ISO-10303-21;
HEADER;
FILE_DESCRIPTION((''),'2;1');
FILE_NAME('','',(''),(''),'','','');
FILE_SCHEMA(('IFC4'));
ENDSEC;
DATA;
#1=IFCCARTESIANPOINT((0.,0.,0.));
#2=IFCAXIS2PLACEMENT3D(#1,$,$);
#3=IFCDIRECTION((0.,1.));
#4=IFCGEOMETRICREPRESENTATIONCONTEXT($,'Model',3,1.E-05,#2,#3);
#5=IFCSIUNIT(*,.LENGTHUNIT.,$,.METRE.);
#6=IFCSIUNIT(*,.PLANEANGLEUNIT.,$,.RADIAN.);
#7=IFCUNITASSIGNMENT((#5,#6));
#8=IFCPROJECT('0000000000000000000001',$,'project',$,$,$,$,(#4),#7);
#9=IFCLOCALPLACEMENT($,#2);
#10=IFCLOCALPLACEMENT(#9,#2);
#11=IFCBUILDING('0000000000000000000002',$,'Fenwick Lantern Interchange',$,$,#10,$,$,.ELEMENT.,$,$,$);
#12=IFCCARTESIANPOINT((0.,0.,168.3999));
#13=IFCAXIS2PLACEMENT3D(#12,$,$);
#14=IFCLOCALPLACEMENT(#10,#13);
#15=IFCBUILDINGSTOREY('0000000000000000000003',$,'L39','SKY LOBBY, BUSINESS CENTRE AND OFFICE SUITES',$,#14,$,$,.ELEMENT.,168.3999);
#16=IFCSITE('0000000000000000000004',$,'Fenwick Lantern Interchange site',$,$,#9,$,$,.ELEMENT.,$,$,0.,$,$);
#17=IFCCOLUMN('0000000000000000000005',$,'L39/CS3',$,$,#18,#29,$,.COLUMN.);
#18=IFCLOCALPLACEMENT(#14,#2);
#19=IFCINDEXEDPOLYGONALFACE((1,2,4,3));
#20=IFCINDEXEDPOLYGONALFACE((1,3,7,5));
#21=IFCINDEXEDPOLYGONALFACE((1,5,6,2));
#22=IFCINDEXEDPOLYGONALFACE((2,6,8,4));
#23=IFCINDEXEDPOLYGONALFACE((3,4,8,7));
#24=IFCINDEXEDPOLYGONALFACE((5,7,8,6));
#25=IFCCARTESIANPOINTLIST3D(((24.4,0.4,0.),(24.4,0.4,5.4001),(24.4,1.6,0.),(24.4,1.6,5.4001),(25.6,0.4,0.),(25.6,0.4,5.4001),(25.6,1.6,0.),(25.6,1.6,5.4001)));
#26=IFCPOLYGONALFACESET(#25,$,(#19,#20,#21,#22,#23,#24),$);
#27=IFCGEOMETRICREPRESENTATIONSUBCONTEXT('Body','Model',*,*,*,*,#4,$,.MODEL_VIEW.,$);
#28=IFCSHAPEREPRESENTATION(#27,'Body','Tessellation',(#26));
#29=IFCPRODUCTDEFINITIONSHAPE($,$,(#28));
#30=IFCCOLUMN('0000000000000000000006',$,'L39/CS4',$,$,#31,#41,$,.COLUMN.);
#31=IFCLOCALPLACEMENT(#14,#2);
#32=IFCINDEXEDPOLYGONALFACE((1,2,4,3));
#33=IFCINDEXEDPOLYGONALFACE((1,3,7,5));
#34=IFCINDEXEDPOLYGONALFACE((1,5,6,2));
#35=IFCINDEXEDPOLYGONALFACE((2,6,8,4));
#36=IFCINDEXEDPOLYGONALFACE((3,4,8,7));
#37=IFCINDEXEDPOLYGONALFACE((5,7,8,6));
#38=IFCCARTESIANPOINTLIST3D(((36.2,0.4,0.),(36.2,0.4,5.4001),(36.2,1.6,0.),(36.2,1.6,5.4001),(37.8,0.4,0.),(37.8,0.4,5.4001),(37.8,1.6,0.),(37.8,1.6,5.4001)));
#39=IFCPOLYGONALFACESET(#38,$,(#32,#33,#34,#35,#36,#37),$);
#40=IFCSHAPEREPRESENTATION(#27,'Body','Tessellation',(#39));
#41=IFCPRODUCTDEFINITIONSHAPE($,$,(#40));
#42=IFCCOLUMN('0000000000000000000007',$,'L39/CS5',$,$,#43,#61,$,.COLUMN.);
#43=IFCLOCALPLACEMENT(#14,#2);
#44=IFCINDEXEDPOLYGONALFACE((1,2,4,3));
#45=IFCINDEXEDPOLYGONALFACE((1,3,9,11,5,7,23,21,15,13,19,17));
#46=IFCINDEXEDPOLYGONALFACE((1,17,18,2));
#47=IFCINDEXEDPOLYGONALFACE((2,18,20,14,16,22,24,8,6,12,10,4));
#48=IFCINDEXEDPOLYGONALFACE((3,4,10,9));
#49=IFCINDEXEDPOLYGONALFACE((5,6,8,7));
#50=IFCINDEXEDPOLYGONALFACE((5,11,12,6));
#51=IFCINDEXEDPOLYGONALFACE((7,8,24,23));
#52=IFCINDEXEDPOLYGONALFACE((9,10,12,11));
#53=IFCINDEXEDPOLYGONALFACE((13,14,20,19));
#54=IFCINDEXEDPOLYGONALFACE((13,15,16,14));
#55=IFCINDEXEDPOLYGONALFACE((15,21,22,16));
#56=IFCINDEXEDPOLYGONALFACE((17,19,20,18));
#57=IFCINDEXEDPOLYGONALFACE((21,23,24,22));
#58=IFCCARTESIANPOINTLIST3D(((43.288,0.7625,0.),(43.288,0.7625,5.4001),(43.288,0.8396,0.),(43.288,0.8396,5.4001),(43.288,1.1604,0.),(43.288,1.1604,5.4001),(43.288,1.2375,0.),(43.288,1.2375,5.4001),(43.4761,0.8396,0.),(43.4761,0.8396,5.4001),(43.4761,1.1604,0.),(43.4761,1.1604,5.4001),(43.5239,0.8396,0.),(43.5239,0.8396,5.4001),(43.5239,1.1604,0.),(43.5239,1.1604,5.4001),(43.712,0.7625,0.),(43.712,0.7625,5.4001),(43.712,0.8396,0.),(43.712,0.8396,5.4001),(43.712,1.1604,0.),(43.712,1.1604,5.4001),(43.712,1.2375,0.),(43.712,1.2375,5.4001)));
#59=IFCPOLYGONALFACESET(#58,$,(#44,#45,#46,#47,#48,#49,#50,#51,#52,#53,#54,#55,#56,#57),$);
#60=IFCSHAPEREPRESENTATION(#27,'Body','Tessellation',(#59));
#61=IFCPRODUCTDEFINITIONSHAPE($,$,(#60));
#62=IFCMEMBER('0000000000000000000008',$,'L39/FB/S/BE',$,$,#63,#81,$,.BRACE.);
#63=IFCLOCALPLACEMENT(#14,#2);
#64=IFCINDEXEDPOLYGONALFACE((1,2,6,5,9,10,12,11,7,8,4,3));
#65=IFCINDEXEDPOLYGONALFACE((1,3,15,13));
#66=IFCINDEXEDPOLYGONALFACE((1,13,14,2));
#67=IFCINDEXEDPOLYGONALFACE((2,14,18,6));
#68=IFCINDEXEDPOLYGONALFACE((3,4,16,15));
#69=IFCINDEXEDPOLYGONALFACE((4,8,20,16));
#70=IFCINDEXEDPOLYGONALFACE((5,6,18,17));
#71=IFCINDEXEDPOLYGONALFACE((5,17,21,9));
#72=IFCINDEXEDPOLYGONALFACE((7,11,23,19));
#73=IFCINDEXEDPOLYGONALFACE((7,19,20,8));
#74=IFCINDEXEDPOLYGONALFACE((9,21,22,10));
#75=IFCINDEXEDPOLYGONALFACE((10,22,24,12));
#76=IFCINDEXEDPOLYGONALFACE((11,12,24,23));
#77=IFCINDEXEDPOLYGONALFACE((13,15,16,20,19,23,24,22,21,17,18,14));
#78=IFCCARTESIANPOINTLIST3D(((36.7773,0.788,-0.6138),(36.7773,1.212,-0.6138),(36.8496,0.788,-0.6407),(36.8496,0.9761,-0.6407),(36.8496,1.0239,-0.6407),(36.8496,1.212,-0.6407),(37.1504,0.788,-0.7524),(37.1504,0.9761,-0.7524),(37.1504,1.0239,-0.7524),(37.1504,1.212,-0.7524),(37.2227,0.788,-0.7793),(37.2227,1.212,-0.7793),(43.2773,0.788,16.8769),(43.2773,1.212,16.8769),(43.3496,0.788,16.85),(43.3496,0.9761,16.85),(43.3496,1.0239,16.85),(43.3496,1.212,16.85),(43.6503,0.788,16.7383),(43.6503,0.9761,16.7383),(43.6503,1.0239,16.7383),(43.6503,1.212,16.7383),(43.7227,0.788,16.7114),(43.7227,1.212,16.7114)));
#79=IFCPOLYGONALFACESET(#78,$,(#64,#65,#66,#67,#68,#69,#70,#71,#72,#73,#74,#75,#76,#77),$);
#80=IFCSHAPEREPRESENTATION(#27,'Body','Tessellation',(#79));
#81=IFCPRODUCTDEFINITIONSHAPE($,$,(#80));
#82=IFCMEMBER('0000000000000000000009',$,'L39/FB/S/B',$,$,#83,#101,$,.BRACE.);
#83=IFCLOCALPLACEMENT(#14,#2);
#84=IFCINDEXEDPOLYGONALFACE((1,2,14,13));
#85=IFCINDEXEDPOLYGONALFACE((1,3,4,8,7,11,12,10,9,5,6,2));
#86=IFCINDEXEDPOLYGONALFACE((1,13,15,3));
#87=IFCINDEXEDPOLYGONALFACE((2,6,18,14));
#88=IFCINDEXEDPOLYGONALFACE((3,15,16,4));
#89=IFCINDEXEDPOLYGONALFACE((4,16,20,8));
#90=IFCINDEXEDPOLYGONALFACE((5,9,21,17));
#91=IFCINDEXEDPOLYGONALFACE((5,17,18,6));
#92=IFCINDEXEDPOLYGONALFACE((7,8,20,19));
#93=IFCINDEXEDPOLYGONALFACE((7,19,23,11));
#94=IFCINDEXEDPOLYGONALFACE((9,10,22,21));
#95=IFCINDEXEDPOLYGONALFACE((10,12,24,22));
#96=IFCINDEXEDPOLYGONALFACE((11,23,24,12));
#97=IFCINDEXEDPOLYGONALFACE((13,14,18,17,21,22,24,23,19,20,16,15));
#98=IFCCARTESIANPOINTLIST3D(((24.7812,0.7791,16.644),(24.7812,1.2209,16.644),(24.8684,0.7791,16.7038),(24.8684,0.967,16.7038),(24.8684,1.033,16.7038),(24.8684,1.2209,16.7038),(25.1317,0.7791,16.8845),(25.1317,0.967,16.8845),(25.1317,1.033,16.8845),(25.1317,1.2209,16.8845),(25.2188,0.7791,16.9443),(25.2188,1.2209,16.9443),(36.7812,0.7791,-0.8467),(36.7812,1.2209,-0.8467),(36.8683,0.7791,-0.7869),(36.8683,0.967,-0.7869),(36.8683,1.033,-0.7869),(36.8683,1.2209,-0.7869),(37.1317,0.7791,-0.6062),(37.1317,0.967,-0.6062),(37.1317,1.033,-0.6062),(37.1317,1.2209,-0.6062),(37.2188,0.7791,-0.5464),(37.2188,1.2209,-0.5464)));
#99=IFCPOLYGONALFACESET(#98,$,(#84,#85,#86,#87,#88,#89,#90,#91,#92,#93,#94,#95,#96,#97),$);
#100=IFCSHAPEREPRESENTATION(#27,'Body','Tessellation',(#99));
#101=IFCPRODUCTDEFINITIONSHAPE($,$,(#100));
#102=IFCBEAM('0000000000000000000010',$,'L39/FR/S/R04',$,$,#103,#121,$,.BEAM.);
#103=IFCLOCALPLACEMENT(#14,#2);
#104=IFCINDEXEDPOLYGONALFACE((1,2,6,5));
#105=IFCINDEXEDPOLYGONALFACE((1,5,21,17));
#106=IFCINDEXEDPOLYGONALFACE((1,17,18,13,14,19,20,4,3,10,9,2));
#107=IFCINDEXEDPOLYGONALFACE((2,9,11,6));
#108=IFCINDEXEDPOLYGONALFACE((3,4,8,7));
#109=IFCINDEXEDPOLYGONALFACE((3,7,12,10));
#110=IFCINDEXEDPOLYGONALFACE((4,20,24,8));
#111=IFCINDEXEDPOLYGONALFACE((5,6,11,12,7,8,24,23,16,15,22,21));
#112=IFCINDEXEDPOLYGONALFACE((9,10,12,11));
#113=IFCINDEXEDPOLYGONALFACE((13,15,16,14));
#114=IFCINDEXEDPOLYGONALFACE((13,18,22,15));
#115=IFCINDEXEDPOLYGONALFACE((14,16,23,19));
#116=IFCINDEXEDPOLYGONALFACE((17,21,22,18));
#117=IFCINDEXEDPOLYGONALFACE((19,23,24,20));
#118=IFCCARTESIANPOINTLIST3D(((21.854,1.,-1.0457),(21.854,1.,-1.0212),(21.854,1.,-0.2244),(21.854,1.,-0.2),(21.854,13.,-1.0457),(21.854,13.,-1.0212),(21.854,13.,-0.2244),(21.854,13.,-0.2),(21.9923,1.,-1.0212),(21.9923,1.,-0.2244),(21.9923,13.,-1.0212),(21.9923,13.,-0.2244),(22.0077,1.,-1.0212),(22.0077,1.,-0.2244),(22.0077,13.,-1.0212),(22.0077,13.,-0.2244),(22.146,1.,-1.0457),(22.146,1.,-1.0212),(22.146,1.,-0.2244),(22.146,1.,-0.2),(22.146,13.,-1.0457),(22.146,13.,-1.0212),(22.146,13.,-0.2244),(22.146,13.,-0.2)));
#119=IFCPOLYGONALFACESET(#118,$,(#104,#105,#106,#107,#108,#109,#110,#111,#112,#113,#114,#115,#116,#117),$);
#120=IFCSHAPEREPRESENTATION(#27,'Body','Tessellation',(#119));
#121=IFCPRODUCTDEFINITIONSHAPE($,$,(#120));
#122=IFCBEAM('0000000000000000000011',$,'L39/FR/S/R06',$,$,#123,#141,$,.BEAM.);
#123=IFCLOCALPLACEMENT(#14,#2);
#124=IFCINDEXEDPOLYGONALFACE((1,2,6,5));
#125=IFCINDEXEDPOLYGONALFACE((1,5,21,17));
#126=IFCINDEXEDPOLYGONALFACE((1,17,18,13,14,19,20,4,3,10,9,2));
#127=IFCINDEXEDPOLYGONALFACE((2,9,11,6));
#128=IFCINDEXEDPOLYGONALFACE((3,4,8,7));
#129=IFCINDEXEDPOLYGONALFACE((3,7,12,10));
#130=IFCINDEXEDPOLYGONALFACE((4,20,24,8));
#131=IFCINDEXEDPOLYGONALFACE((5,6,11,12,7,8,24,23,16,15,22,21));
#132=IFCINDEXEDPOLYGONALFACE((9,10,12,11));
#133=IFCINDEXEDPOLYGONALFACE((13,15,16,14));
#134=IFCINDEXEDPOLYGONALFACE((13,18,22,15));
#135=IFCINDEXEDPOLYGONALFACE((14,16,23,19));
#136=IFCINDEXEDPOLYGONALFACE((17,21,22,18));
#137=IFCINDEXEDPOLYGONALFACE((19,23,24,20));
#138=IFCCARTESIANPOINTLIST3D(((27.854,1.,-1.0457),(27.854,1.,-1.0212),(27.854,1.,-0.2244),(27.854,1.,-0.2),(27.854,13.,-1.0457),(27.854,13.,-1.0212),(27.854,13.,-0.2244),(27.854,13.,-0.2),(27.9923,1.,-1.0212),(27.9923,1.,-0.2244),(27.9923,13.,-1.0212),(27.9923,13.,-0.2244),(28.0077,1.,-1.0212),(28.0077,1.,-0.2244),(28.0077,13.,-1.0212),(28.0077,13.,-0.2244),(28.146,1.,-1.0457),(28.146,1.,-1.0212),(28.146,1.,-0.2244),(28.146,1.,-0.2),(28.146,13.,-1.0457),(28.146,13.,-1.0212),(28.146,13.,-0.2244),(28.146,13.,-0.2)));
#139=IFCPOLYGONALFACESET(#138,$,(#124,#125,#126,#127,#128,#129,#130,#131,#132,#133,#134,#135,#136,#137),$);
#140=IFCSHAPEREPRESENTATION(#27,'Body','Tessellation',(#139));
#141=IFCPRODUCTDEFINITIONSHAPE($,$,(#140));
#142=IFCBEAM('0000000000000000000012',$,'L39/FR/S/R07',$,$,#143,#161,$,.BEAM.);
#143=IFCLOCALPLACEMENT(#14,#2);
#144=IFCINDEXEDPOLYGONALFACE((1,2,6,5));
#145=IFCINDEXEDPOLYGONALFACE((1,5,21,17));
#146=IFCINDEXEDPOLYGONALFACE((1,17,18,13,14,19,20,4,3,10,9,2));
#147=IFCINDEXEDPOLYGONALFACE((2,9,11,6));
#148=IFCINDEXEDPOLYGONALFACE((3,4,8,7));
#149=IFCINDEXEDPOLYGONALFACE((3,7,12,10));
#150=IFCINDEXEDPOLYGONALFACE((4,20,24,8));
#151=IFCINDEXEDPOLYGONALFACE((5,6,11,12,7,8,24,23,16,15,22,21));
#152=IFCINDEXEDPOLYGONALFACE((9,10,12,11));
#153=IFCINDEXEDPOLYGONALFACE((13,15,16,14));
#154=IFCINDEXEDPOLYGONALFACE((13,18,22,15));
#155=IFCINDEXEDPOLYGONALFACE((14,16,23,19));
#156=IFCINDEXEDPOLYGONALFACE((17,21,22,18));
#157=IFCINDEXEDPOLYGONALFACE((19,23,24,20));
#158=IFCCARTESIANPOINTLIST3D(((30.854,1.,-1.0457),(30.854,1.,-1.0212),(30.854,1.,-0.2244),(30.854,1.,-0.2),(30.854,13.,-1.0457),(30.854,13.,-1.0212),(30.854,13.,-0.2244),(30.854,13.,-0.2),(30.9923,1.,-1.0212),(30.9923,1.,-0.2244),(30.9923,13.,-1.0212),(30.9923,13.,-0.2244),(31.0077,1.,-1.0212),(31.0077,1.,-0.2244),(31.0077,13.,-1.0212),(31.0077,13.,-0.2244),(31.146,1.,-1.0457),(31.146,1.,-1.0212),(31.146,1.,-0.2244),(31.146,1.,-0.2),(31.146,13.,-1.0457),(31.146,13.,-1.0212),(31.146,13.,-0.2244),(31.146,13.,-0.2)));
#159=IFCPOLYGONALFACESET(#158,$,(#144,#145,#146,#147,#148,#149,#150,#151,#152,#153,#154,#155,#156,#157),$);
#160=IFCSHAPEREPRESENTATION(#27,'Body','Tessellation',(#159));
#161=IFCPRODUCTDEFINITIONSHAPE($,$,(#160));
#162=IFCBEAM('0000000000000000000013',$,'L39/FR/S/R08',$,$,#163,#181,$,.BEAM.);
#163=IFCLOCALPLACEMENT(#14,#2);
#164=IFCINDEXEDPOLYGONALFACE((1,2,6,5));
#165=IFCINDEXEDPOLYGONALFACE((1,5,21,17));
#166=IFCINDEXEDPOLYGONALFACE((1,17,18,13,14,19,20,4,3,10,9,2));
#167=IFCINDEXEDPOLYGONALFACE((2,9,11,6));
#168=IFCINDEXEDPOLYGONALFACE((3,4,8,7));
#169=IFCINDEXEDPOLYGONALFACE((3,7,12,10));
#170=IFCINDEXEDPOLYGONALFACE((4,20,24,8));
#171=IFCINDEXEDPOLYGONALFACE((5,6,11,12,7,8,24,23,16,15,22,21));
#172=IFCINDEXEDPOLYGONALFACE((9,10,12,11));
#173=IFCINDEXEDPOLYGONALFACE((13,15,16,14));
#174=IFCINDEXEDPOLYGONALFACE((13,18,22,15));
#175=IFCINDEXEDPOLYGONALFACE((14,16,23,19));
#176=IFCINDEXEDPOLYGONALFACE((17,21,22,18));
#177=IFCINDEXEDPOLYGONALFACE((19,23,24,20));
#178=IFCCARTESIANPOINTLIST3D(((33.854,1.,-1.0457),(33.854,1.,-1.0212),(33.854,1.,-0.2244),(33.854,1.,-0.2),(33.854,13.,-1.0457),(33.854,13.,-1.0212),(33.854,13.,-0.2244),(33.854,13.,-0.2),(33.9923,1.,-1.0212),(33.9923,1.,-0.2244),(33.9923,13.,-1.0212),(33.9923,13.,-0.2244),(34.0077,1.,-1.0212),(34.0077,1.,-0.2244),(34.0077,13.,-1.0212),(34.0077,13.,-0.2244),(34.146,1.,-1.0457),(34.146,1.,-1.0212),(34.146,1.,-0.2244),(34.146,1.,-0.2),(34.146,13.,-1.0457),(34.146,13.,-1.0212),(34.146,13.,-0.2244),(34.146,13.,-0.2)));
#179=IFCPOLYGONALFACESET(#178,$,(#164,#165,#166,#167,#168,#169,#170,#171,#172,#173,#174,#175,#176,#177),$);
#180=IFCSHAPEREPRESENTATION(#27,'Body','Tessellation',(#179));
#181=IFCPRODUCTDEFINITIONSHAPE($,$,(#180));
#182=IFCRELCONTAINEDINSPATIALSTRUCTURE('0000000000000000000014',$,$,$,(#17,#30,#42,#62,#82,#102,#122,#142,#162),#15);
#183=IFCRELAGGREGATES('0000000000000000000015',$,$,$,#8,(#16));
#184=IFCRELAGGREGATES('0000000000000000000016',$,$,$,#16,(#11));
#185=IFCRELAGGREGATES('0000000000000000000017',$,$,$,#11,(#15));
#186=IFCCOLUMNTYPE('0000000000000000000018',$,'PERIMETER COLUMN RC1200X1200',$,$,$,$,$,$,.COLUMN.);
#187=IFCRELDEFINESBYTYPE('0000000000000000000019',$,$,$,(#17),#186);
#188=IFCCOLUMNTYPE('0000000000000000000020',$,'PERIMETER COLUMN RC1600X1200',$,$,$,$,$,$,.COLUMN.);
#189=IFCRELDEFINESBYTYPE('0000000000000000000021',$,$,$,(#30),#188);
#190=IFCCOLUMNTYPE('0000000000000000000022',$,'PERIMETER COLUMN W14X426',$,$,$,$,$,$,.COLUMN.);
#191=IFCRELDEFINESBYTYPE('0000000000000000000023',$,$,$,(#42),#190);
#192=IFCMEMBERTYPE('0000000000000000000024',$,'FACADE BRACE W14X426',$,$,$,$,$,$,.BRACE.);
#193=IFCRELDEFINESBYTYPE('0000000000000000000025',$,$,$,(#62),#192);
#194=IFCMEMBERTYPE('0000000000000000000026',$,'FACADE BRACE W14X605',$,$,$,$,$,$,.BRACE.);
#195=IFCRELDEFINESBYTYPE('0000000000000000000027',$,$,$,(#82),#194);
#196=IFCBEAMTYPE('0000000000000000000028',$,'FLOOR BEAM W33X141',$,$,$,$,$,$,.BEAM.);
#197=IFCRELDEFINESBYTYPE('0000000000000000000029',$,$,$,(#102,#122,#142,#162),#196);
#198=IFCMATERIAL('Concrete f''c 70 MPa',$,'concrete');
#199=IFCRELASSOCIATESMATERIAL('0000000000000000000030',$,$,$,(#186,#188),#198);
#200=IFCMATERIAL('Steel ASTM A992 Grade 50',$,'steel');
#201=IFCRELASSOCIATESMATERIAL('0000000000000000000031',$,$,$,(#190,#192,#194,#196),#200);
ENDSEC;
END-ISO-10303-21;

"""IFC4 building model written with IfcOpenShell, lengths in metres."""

from ifc_helpers import new_model, si_unit, direction, frame, origin, origin_2d, place, context, subcontext, project, spatial, rectangle, i_section, extrude, material, material_profile, profile_set, type_object, element, save


model = new_model("IFC4")

# Units and contexts
model_context = context("Model", 3, precision=1e-05, world=origin(), true_north=direction((0.0, 1.0)))
body_context = subcontext(model_context, "Body", "Model", "MODEL_VIEW")
ifc_project = project(units=[si_unit("LENGTHUNIT", "METRE"), si_unit("PLANEANGLEUNIT", "RADIAN")], contexts=[model_context])

# Site, building, storey
site_placement = place(None, origin())
site = spatial("IfcSite", under=ifc_project, at=site_placement, Name="Fenwick Lantern Interchange site", CompositionType="ELEMENT", RefElevation=0.0)
building_placement = place(site_placement, origin())
building = spatial("IfcBuilding", under=site, at=building_placement, Name="Fenwick Lantern Interchange", CompositionType="ELEMENT")
storey_placement = place(building_placement, frame((0.0, 0.0, 168.3999)))
storey = spatial("IfcBuildingStorey", under=building, at=storey_placement, Name="L39", Description="SKY LOBBY, BUSINESS CENTRE AND OFFICE SUITES", CompositionType="ELEMENT", Elevation=168.3999)

# Columns
ifc_material_1 = material(Name="Concrete f'c 70 MPa", Category="concrete")
ifc_material_profile_1 = material_profile(ifc_material_1, rectangle(XDim=1.2, YDim=1.2, at=origin_2d()), Name="RC1200X1200")
ifc_profile_set_1 = profile_set([ifc_material_profile_1], Name="Concrete f'c 70 MPa")
column_type_1 = type_object("IfcColumnType", Name="PERIMETER COLUMN RC1200X1200", PredefinedType="COLUMN", material=ifc_profile_set_1)
column_1_placement = place(storey_placement, frame((25.0, 1.0, 0.0), z_axis=(0.0, 0.0, 1.0), x_axis=(1.0, 0.0, 0.0)))
element("IfcColumn", 1, at=column_1_placement, inside=storey, type_object=column_type_1, Name="L39/CS3", PredefinedType="COLUMN", context=body_context, shape_type="SweptSolid", body=[
    extrude(rectangle(XDim=1.2, YDim=1.2, at=origin_2d()), origin(), (0.0, 0.0, 1.0), 5.4001),
])
ifc_material_profile_2 = material_profile(ifc_material_1, rectangle(XDim=1.6001, YDim=1.2, at=origin_2d()), Name="RC1600X1200")
ifc_profile_set_2 = profile_set([ifc_material_profile_2], Name="Concrete f'c 70 MPa")
column_type_2 = type_object("IfcColumnType", Name="PERIMETER COLUMN RC1600X1200", PredefinedType="COLUMN", material=ifc_profile_set_2)
column_2_placement = place(storey_placement, frame((37.0, 1.0, 0.0), z_axis=(0.0, 0.0, 1.0), x_axis=(1.0, 0.0, 0.0)))
element("IfcColumn", 2, at=column_2_placement, inside=storey, type_object=column_type_2, Name="L39/CS4", PredefinedType="COLUMN", context=body_context, shape_type="SweptSolid", body=[
    extrude(rectangle(XDim=1.6001, YDim=1.2, at=origin_2d()), origin(), (0.0, 0.0, 1.0), 5.4001),
])
ifc_material_2 = material(Name="Steel ASTM A992 Grade 50", Category="steel")
ifc_material_profile_3 = material_profile(ifc_material_2, i_section(OverallWidth=0.4241, OverallDepth=0.4751, WebThickness=0.0479, FlangeThickness=0.0771, at=origin_2d()), Name="W14X426")
ifc_profile_set_3 = profile_set([ifc_material_profile_3], Name="Steel ASTM A992 Grade 50")
column_type_3 = type_object("IfcColumnType", Name="PERIMETER COLUMN W14X426", PredefinedType="COLUMN", material=ifc_profile_set_3)
column_3_placement = place(storey_placement, frame((43.5, 1.0, 0.0), z_axis=(0.0, 0.0, 1.0), x_axis=(1.0, 0.0, 0.0)))
element("IfcColumn", 3, at=column_3_placement, inside=storey, type_object=column_type_3, Name="L39/CS5", PredefinedType="COLUMN", context=body_context, shape_type="SweptSolid", body=[
    extrude(i_section(OverallWidth=0.4241, OverallDepth=0.4751, WebThickness=0.0479, FlangeThickness=0.0771, at=origin_2d()), origin(), (0.0, 0.0, 1.0), 5.4001),
])

# Members
ifc_material_profile_4 = material_profile(ifc_material_2, i_section(OverallWidth=0.4241, OverallDepth=0.4751, WebThickness=0.0479, FlangeThickness=0.0771, at=origin_2d()), Name="W14X426")
ifc_profile_set_4 = profile_set([ifc_material_profile_4], Name="Steel ASTM A992 Grade 50")
member_type_1 = type_object("IfcMemberType", Name="FACADE BRACE W14X426", PredefinedType="BRACE", material=ifc_profile_set_4)
member_1_placement = place(storey_placement, frame((37.0, 1.0, -0.6965), z_axis=(0.348349, 0.0, 0.937365), x_axis=(0.0, 1.0, 0.0)))
element("IfcMember", 4, at=member_1_placement, inside=storey, type_object=member_type_1, Name="L39/FB/S/BE", PredefinedType="BRACE", context=body_context, shape_type="SweptSolid", body=[
    extrude(i_section(OverallWidth=0.4241, OverallDepth=0.4751, WebThickness=0.0479, FlangeThickness=0.0771, at=origin_2d()), origin(), (0.0, 0.0, 1.0), 18.6594),
])
ifc_material_profile_5 = material_profile(ifc_material_2, i_section(OverallWidth=0.4419, OverallDepth=0.5308, WebThickness=0.0659, FlangeThickness=0.1057, at=origin_2d()), Name="W14X605")
ifc_profile_set_5 = profile_set([ifc_material_profile_5], Name="Steel ASTM A992 Grade 50")
member_type_2 = type_object("IfcMemberType", Name="FACADE BRACE W14X605", PredefinedType="BRACE", material=ifc_profile_set_5)
member_2_placement = place(storey_placement, frame((37.0, 1.0, -0.6965), z_axis=(-0.565732, 0.0, 0.824589), x_axis=(0.0, -1.0, 0.0)))
element("IfcMember", 5, at=member_2_placement, inside=storey, type_object=member_type_2, Name="L39/FB/S/B", PredefinedType="BRACE", context=body_context, shape_type="SweptSolid", body=[
    extrude(i_section(OverallWidth=0.4419, OverallDepth=0.5308, WebThickness=0.0659, FlangeThickness=0.1057, at=origin_2d()), origin(), (0.0, 0.0, 1.0), 21.2114),
])

# Beams
ifc_material_profile_6 = material_profile(ifc_material_2, i_section(OverallWidth=0.292, OverallDepth=0.8457, WebThickness=0.0154, FlangeThickness=0.0244, at=origin_2d()), Name="W33X141")
ifc_profile_set_6 = profile_set([ifc_material_profile_6], Name="Steel ASTM A992 Grade 50")
beam_type_1 = type_object("IfcBeamType", Name="FLOOR BEAM W33X141", PredefinedType="BEAM", material=ifc_profile_set_6)
for number, where, z_axis, x_axis, name in (
    (6, (22.0, 1.0, -0.6228), (0.0, 1.0, 0.0), (-1.0, 0.0, 0.0), "L39/FR/S/R04"),
    (7, (28.0, 1.0, -0.6228), (0.0, 1.0, 0.0), (-1.0, 0.0, 0.0), "L39/FR/S/R06"),
    (8, (31.0, 1.0, -0.6228), (0.0, 1.0, 0.0), (-1.0, 0.0, 0.0), "L39/FR/S/R07"),
    (9, (34.0, 1.0, -0.6228), (0.0, 1.0, 0.0), (-1.0, 0.0, 0.0), "L39/FR/S/R08"),
):
    element("IfcBeam", number, at=place(storey_placement, frame(where, z_axis=z_axis, x_axis=x_axis)), inside=storey, type_object=beam_type_1, Name=name, PredefinedType="BEAM", context=body_context, shape_type="SweptSolid", body=[
        extrude(i_section(OverallWidth=0.292, OverallDepth=0.8457, WebThickness=0.0154, FlangeThickness=0.0244, at=origin_2d()), origin(), (0.0, 0.0, 1.0), 12.0),
    ])

save(model, "model.ifc")
